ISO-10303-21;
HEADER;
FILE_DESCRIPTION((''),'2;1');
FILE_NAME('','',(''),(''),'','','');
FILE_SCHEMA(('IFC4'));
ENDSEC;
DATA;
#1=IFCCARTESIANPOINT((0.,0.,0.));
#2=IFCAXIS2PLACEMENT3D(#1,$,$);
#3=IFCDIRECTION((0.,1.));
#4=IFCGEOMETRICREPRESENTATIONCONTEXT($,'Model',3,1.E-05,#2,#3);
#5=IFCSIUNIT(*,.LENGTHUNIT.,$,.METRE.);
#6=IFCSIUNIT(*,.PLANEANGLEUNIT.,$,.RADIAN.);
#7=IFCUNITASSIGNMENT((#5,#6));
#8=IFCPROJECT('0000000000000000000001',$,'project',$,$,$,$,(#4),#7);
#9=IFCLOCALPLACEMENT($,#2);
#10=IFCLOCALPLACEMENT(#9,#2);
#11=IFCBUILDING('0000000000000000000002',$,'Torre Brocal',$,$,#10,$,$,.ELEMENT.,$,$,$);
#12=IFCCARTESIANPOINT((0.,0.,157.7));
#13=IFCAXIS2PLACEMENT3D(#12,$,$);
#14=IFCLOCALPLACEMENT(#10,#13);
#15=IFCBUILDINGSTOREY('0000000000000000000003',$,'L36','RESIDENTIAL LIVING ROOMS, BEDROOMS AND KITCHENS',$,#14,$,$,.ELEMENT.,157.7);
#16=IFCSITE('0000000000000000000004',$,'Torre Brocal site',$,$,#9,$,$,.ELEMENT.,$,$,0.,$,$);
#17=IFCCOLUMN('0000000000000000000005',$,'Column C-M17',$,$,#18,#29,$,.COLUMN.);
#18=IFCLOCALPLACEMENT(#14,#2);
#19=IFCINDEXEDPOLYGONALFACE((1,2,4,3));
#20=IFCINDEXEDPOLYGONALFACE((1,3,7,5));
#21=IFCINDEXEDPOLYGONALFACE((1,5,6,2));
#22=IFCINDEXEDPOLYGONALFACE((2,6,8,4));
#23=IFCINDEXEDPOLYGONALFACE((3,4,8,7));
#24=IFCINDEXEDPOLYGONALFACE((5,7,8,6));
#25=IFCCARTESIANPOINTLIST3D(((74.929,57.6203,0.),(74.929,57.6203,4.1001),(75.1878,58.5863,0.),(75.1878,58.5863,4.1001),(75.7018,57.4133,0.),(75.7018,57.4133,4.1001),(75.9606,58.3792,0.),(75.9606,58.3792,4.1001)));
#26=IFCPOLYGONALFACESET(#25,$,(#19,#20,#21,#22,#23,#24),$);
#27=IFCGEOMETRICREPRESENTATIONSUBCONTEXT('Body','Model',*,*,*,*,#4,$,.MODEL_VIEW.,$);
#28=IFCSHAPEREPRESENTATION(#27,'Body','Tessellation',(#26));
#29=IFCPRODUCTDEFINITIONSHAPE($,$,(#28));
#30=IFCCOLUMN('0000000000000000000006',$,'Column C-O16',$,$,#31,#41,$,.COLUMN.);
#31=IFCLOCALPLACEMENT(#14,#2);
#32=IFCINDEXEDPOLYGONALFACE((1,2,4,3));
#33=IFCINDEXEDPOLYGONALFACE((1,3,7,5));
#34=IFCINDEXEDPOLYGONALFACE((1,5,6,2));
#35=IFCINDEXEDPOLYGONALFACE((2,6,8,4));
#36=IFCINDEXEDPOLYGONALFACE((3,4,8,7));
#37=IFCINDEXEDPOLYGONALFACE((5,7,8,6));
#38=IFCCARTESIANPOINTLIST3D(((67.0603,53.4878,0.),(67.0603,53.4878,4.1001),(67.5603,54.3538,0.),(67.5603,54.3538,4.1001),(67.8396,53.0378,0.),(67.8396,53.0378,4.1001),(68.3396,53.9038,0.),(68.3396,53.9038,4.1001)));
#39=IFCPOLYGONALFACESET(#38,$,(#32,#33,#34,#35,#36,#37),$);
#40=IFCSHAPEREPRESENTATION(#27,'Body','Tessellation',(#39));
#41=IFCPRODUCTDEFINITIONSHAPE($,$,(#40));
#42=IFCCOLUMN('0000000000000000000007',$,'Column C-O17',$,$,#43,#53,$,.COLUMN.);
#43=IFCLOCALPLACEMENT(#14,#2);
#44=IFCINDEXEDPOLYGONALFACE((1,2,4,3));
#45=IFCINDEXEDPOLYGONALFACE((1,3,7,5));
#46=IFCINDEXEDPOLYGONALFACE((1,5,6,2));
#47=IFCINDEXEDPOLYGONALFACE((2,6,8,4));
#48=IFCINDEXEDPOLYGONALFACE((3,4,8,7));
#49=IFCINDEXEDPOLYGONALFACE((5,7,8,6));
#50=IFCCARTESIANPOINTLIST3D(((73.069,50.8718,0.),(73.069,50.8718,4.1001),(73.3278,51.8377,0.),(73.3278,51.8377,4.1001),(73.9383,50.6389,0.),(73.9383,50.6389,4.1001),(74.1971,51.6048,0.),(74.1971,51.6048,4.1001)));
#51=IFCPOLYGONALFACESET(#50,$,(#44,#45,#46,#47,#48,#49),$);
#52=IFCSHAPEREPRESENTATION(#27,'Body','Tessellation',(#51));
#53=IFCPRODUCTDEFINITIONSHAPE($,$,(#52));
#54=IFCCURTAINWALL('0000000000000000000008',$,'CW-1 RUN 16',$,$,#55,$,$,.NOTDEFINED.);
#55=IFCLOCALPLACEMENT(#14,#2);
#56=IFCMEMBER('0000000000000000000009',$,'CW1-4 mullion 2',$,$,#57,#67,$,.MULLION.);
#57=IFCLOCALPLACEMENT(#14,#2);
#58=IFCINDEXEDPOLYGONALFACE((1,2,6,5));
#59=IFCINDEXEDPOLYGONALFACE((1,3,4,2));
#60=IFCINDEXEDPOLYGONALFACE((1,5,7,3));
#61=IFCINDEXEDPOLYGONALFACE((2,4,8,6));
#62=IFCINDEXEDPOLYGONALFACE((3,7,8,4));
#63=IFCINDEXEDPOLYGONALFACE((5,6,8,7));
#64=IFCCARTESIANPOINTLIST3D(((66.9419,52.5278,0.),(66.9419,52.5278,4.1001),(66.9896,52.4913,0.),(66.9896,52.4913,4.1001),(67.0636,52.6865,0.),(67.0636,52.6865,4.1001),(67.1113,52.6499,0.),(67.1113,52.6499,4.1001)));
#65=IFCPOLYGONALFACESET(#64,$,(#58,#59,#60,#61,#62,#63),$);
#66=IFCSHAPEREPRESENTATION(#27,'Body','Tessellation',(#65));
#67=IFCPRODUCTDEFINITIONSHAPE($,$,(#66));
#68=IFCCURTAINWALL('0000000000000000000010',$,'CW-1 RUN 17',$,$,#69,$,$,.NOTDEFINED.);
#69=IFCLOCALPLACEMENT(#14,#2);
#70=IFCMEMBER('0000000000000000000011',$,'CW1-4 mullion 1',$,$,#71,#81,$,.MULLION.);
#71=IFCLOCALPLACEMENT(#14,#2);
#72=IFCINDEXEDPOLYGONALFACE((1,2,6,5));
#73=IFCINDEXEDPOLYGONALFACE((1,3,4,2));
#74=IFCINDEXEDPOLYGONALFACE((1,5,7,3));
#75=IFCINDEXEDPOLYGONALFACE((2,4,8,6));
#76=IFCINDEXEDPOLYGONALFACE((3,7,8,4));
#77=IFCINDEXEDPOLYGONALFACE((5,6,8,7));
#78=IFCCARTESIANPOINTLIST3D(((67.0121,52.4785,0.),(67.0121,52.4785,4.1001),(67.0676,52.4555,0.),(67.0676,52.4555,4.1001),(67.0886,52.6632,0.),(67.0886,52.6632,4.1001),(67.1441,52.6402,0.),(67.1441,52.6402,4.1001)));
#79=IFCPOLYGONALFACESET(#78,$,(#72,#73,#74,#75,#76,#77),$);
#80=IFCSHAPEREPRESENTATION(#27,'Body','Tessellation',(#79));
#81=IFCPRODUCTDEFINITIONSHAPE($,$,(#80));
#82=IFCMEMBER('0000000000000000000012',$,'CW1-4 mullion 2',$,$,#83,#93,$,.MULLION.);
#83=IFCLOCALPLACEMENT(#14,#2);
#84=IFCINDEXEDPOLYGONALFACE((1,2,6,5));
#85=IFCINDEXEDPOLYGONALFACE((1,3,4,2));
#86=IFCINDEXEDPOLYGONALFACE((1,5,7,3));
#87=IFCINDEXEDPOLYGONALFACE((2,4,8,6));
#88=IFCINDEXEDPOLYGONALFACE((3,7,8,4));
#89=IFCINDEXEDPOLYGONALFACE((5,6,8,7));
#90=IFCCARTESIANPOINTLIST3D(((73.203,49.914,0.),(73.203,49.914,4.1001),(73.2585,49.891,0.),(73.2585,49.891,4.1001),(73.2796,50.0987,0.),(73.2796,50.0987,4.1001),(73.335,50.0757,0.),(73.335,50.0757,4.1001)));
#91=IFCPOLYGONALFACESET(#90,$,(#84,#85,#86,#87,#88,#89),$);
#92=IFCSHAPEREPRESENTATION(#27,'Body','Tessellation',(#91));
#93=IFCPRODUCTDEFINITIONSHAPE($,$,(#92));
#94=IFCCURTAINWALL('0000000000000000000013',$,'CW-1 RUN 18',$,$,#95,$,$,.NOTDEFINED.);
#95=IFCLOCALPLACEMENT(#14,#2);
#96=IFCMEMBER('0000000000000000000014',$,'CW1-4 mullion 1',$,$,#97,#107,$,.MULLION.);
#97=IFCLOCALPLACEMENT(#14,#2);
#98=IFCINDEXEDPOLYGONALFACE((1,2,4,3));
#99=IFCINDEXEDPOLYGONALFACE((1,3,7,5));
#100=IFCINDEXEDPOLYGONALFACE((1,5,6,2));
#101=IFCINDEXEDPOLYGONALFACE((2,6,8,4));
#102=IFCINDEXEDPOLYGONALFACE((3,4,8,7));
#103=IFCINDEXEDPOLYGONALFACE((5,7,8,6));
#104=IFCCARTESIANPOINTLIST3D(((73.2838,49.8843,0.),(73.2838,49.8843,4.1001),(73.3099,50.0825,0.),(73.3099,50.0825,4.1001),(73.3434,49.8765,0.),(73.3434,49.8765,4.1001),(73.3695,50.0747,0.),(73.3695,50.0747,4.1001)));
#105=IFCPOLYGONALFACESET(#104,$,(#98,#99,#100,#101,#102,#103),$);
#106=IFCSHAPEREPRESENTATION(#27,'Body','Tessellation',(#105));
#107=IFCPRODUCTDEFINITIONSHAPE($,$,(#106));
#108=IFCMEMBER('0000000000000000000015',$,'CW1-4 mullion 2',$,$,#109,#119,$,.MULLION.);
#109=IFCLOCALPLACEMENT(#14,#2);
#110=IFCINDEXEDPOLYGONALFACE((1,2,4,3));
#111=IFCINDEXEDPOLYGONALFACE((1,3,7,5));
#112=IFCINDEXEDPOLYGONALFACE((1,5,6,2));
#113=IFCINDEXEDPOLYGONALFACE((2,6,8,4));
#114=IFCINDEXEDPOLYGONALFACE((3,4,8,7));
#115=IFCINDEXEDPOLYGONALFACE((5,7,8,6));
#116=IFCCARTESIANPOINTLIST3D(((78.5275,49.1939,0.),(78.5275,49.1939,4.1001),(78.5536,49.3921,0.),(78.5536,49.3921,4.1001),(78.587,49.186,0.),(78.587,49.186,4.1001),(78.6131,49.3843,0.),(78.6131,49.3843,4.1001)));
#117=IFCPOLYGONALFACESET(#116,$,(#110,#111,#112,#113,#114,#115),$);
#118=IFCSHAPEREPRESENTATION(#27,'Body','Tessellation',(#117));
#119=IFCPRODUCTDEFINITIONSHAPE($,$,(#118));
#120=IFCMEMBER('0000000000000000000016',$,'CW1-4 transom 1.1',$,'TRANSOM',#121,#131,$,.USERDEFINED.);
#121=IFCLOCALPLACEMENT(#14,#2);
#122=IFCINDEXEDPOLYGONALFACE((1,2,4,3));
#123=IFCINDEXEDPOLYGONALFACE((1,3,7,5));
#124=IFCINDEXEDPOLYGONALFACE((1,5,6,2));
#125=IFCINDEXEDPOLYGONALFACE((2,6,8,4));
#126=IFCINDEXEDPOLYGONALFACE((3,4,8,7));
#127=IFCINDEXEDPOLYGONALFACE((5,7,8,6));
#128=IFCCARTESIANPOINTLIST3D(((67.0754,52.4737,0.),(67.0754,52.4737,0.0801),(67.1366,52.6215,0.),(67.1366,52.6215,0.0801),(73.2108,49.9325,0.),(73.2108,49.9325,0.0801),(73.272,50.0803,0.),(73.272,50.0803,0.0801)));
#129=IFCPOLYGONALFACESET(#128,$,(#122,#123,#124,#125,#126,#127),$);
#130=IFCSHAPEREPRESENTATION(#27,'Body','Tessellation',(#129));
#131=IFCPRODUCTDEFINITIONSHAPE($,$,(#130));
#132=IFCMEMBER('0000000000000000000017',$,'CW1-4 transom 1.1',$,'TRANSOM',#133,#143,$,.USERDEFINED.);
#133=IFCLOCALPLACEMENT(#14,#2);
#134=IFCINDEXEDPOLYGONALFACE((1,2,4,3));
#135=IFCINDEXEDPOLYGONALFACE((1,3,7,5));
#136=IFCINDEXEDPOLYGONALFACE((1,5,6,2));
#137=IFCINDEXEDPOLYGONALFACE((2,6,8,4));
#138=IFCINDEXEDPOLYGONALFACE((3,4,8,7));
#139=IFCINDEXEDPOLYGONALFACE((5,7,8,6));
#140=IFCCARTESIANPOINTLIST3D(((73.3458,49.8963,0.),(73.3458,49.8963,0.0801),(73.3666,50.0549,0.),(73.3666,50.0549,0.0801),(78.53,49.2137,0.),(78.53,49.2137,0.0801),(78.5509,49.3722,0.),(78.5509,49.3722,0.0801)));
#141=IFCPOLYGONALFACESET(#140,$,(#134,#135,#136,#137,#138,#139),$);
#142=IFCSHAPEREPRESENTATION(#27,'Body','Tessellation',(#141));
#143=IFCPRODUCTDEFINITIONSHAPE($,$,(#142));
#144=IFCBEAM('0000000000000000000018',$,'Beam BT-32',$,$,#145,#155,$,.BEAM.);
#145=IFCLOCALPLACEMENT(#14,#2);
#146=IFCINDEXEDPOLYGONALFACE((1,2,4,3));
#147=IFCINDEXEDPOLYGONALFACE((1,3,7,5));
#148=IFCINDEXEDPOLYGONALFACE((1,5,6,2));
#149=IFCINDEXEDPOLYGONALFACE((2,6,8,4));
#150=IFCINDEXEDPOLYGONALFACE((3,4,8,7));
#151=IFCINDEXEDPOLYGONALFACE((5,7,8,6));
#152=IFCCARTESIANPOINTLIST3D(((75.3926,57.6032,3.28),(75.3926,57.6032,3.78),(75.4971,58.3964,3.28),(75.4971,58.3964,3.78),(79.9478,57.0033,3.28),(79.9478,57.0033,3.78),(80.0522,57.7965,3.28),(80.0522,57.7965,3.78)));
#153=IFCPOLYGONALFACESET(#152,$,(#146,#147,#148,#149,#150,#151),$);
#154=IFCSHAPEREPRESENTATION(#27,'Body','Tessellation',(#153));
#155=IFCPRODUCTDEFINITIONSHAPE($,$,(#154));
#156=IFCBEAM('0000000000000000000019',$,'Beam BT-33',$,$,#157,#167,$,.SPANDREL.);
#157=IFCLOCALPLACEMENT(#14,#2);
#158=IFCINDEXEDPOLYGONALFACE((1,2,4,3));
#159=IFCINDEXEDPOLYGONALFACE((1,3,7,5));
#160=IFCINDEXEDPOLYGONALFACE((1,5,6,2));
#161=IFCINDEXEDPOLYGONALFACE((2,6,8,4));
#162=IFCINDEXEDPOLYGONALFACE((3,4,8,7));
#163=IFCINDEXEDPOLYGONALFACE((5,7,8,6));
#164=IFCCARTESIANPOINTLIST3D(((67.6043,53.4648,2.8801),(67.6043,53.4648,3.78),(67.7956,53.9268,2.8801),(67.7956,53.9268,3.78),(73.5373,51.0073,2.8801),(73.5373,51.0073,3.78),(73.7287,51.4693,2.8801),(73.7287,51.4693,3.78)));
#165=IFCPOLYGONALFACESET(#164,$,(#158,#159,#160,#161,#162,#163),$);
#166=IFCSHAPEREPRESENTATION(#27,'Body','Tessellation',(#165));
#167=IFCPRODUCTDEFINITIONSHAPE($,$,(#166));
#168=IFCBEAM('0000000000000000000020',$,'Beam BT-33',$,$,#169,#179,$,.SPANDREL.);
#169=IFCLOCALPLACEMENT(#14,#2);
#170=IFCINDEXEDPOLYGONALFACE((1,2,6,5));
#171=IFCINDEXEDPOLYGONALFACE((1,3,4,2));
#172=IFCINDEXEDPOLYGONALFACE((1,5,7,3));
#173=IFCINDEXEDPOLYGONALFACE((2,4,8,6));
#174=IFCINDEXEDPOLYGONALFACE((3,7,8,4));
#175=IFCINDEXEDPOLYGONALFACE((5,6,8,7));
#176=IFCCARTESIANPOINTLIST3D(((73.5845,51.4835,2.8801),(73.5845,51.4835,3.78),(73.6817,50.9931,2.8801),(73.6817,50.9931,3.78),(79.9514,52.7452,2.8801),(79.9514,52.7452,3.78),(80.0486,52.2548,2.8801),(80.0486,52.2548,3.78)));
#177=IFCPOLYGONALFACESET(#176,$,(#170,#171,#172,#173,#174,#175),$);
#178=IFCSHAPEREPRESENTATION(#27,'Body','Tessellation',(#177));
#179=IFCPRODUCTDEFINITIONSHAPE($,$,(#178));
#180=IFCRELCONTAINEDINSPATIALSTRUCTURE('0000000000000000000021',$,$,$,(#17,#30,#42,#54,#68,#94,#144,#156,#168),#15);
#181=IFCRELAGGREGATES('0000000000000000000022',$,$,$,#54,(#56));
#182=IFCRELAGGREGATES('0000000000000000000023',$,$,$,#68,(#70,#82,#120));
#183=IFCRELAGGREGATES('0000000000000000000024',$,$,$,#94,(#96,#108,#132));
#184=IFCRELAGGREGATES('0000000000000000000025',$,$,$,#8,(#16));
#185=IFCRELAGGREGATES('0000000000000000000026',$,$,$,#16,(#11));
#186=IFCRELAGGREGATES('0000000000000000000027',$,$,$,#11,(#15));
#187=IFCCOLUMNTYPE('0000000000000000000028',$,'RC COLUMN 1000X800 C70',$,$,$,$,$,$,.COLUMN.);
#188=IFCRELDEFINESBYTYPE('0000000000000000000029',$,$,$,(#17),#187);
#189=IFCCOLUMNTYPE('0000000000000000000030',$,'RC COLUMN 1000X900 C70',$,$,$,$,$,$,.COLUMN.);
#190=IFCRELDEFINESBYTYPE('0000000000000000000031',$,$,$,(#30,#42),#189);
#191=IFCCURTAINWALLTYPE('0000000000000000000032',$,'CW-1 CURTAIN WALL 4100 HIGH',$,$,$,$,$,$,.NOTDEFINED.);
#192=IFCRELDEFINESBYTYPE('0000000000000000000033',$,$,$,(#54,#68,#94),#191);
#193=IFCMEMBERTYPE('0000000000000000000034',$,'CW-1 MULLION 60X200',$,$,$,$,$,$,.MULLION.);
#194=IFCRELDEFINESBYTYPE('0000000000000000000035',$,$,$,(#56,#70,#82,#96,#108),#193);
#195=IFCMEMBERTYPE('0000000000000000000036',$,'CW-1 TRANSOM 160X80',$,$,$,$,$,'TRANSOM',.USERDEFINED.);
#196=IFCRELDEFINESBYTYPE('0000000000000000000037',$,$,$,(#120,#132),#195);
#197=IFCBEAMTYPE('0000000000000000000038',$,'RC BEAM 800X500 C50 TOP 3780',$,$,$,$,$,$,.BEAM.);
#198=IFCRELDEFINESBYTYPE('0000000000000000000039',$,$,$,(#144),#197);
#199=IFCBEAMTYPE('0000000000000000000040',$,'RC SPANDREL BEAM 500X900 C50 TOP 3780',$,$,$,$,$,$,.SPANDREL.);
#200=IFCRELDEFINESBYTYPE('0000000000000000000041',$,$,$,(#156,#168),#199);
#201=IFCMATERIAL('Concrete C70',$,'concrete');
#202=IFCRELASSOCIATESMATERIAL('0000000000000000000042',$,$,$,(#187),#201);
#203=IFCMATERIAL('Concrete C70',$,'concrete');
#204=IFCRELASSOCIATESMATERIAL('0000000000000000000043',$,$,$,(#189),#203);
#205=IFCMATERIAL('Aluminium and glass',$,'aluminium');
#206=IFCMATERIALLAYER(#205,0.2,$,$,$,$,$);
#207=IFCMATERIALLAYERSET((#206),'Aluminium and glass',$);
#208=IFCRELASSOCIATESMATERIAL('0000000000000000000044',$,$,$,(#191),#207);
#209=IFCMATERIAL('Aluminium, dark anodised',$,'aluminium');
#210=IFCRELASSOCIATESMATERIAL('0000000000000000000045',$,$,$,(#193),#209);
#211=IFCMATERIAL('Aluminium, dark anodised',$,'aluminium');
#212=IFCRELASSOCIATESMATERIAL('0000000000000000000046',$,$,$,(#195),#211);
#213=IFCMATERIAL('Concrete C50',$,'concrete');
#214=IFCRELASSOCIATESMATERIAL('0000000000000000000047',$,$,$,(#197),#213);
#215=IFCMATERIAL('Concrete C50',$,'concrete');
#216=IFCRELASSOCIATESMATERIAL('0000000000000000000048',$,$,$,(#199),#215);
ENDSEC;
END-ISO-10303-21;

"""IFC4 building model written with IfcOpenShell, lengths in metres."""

from ifc_helpers import new_model, si_unit, direction, frame, origin, origin_2d, place, context, subcontext, project, spatial, rectangle, extrude, material, layer, layer_set, material_profile, profile_set, type_object, element, aggregate, save


model = new_model("IFC4")

# Units and contexts
model_context = context("Model", 3, precision=1e-05, world=origin(), true_north=direction((0.0, 1.0)))
body_context = subcontext(model_context, "Body", "Model", "MODEL_VIEW")
ifc_project = project(units=[si_unit("LENGTHUNIT", "METRE"), si_unit("PLANEANGLEUNIT", "RADIAN")], contexts=[model_context])

# Site, building, storey
site_placement = place(None, origin())
site = spatial("IfcSite", under=ifc_project, at=site_placement, Name="Torre Brocal site", CompositionType="ELEMENT", RefElevation=0.0)
building_placement = place(site_placement, origin())
building = spatial("IfcBuilding", under=site, at=building_placement, Name="Torre Brocal", CompositionType="ELEMENT")
storey_placement = place(building_placement, frame((0.0, 0.0, 157.7)))
storey = spatial("IfcBuildingStorey", under=building, at=storey_placement, Name="L36", Description="RESIDENTIAL LIVING ROOMS, BEDROOMS AND KITCHENS", CompositionType="ELEMENT", Elevation=157.7)

# Columns
ifc_material_1 = material(Name="Concrete C70", Category="concrete")
ifc_material_profile_1 = material_profile(ifc_material_1, rectangle(XDim=1.0, YDim=0.8, at=origin_2d()), Name="RC 1000X800")
ifc_profile_set_1 = profile_set([ifc_material_profile_1], Name="Concrete C70")
column_type_1 = type_object("IfcColumnType", Name="RC COLUMN 1000X800 C70", PredefinedType="COLUMN", material=ifc_profile_set_1)
column_placement = place(storey_placement, frame((75.4448, 57.9998, 0.0), z_axis=(0.0, 0.0, 1.0), x_axis=(-0.258819, -0.965926, 0.0)))
element("IfcColumn", 1, at=column_placement, inside=storey, type_object=column_type_1, Name="Column C-M17", PredefinedType="COLUMN", context=body_context, shape_type="SweptSolid", body=[
    extrude(rectangle(XDim=1.0, YDim=0.8, at=origin_2d()), origin(), (0.0, 0.0, 1.0), 4.1001),
])
ifc_material_2 = material(Name="Concrete C70", Category="concrete")
ifc_material_profile_2 = material_profile(ifc_material_2, rectangle(XDim=1.0, YDim=0.8999, at=origin_2d()), Name="RC 1000X900")
ifc_profile_set_2 = profile_set([ifc_material_profile_2], Name="Concrete C70")
column_type_2 = type_object("IfcColumnType", Name="RC COLUMN 1000X900 C70", PredefinedType="COLUMN", material=ifc_profile_set_2)
for number, where, z_axis, x_axis, name in (
    (2, (67.7, 53.6958, 0.0), (0.0, 0.0, 1.0), (-0.5, -0.866025, 0.0), "Column C-O16"),
    (3, (73.6331, 51.2383, 0.0), (0.0, 0.0, 1.0), (-0.258819, -0.965926, 0.0), "Column C-O17"),
):
    element("IfcColumn", number, at=place(storey_placement, frame(where, z_axis=z_axis, x_axis=x_axis)), inside=storey, type_object=column_type_2, Name=name, PredefinedType="COLUMN", context=body_context, shape_type="SweptSolid", body=[
        extrude(rectangle(XDim=1.0, YDim=0.8999, at=origin_2d()), origin(), (0.0, 0.0, 1.0), 4.1001),
    ])

# Curtain wall, member
ifc_material_3 = material(Name="Aluminium and glass", Category="aluminium")
ifc_layer_1 = layer(ifc_material_3, 0.2)
ifc_layer_set_1 = layer_set([ifc_layer_1], Name="Aluminium and glass")
curtain_wall_type = type_object("IfcCurtainWallType", Name="CW-1 CURTAIN WALL 4100 HIGH", PredefinedType="NOTDEFINED", material=ifc_layer_set_1)
curtain_wall_1_placement = place(storey_placement, origin())
curtain_wall_1 = element("IfcCurtainWall", 4, at=curtain_wall_1_placement, inside=storey, type_object=curtain_wall_type, Name="CW-1 RUN 16", PredefinedType="NOTDEFINED")
ifc_material_4 = material(Name="Aluminium, dark anodised", Category="aluminium")
ifc_material_profile_3 = material_profile(ifc_material_4, rectangle(XDim=0.2, YDim=0.0601, at=origin_2d()), Name="CW-1 MULLION 60X200")
ifc_profile_set_3 = profile_set([ifc_material_profile_3], Name="Aluminium, dark anodised")
member_type_1 = type_object("IfcMemberType", Name="CW-1 MULLION 60X200", PredefinedType="MULLION", material=ifc_profile_set_3)
member_1_placement = place(storey_placement, frame((67.0266, 52.5889, 0.0), z_axis=(0.0, 0.0, 1.0), x_axis=(0.608761, 0.793353, 0.0)))
member_1 = element("IfcMember", 5, at=member_1_placement, type_object=member_type_1, Name="CW1-4 mullion 2", PredefinedType="MULLION", context=body_context, shape_type="SweptSolid", body=[
    extrude(rectangle(XDim=0.2, YDim=0.0601, at=origin_2d()), origin(), (0.0, 0.0, 1.0), 4.1001),
])
aggregate(curtain_wall_1, [member_1])

# Curtain walls, members
curtain_wall_2_placement = place(storey_placement, origin())
curtain_wall_2 = element("IfcCurtainWall", 6, at=curtain_wall_2_placement, inside=storey, type_object=curtain_wall_type, Name="CW-1 RUN 17", PredefinedType="NOTDEFINED")
member_2_placement = place(storey_placement, frame((67.0781, 52.5593, 0.0), z_axis=(0.0, 0.0, 1.0), x_axis=(0.382683, 0.92388, 0.0)))
member_2 = element("IfcMember", 7, at=member_2_placement, type_object=member_type_1, Name="CW1-4 mullion 1", PredefinedType="MULLION", context=body_context, shape_type="SweptSolid", body=[
    extrude(rectangle(XDim=0.2, YDim=0.0601, at=origin_2d()), origin(), (0.0, 0.0, 1.0), 4.1001),
])
member_3_placement = place(storey_placement, frame((73.269, 49.9949, 0.0), z_axis=(0.0, 0.0, 1.0), x_axis=(0.382683, 0.92388, 0.0)))
member_3 = element("IfcMember", 8, at=member_3_placement, type_object=member_type_1, Name="CW1-4 mullion 2", PredefinedType="MULLION", context=body_context, shape_type="SweptSolid", body=[
    extrude(rectangle(XDim=0.2, YDim=0.0601, at=origin_2d()), origin(), (0.0, 0.0, 1.0), 4.1001),
])
curtain_wall_3_placement = place(storey_placement, origin())
curtain_wall_3 = element("IfcCurtainWall", 9, at=curtain_wall_3_placement, inside=storey, type_object=curtain_wall_type, Name="CW-1 RUN 18", PredefinedType="NOTDEFINED")
member_4_placement = place(storey_placement, frame((73.3267, 49.9795, 0.0), z_axis=(0.0, 0.0, 1.0), x_axis=(0.130526, 0.991445, 0.0)))
member_4 = element("IfcMember", 10, at=member_4_placement, type_object=member_type_1, Name="CW1-4 mullion 1", PredefinedType="MULLION", context=body_context, shape_type="SweptSolid", body=[
    extrude(rectangle(XDim=0.2, YDim=0.0601, at=origin_2d()), origin(), (0.0, 0.0, 1.0), 4.1001),
])
member_5_placement = place(storey_placement, frame((78.5703, 49.2891, 0.0), z_axis=(0.0, 0.0, 1.0), x_axis=(0.130526, 0.991445, 0.0)))
member_5 = element("IfcMember", 11, at=member_5_placement, type_object=member_type_1, Name="CW1-4 mullion 2", PredefinedType="MULLION", context=body_context, shape_type="SweptSolid", body=[
    extrude(rectangle(XDim=0.2, YDim=0.0601, at=origin_2d()), origin(), (0.0, 0.0, 1.0), 4.1001),
])

# Members
ifc_material_5 = material(Name="Aluminium, dark anodised", Category="aluminium")
ifc_material_profile_4 = material_profile(ifc_material_5, rectangle(XDim=0.1599, YDim=0.0801, at=origin_2d()), Name="CW-1 TRANSOM 160X80")
ifc_profile_set_4 = profile_set([ifc_material_profile_4], Name="Aluminium, dark anodised")
member_type_2 = type_object("IfcMemberType", Name="CW-1 TRANSOM 160X80", ElementType="TRANSOM", PredefinedType="USERDEFINED", material=ifc_profile_set_4)
member_6_placement = place(storey_placement, frame((67.106, 52.5476, 0.04), z_axis=(0.923887, -0.382665, 0.0), x_axis=(0.382665, 0.923887, 0.0)))
member_6 = element("IfcMember", 12, at=member_6_placement, type_object=member_type_2, Name="CW1-4 transom 1.1", ObjectType="TRANSOM", PredefinedType="USERDEFINED", context=body_context, shape_type="SweptSolid", body=[
    extrude(rectangle(XDim=0.1599, YDim=0.0801, at=origin_2d()), origin(), (0.0, 0.0, 1.0), 6.6409),
])
member_7_placement = place(storey_placement, frame((73.3562, 49.9756, 0.04), z_axis=(0.991443, -0.130543, 0.0), x_axis=(0.130543, 0.991443, 0.0)))
member_7 = element("IfcMember", 13, at=member_7_placement, type_object=member_type_2, Name="CW1-4 transom 1.1", ObjectType="TRANSOM", PredefinedType="USERDEFINED", context=body_context, shape_type="SweptSolid", body=[
    extrude(rectangle(XDim=0.1599, YDim=0.0801, at=origin_2d()), origin(), (0.0, 0.0, 1.0), 5.229),
])

# Beams
ifc_material_6 = material(Name="Concrete C50", Category="concrete")
ifc_material_profile_5 = material_profile(ifc_material_6, rectangle(XDim=0.8, YDim=0.5, at=origin_2d()), Name="RC 800X500")
ifc_profile_set_5 = profile_set([ifc_material_profile_5], Name="Concrete C50")
beam_type_1 = type_object("IfcBeamType", Name="RC BEAM 800X500 C50 TOP 3780", PredefinedType="BEAM", material=ifc_profile_set_5)
beam_1_placement = place(storey_placement, frame((75.4448, 57.9998, 3.53), z_axis=(0.991441, -0.130559, 0.0), x_axis=(0.130559, 0.991441, 0.0)))
element("IfcBeam", 14, at=beam_1_placement, inside=storey, type_object=beam_type_1, Name="Beam BT-32", PredefinedType="BEAM", context=body_context, shape_type="SweptSolid", body=[
    extrude(rectangle(XDim=0.8, YDim=0.5, at=origin_2d()), origin(), (0.0, 0.0, 1.0), 4.5945),
])
ifc_material_7 = material(Name="Concrete C50", Category="concrete")
ifc_material_profile_6 = material_profile(ifc_material_7, rectangle(XDim=0.5, YDim=0.8999, at=origin_2d()), Name="RC 500X900")
ifc_profile_set_6 = profile_set([ifc_material_profile_6], Name="Concrete C50")
beam_type_2 = type_object("IfcBeamType", Name="RC SPANDREL BEAM 500X900 C50 TOP 3780", PredefinedType="SPANDREL", material=ifc_profile_set_6)
beam_2_placement = place(storey_placement, frame((67.7, 53.6958, 3.3301), z_axis=(0.923882, -0.382676, 0.0), x_axis=(0.382676, 0.923882, 0.0)))
element("IfcBeam", 15, at=beam_2_placement, inside=storey, type_object=beam_type_2, Name="Beam BT-33", PredefinedType="SPANDREL", context=body_context, shape_type="SweptSolid", body=[
    extrude(rectangle(XDim=0.5, YDim=0.8999, at=origin_2d()), origin(), (0.0, 0.0, 1.0), 6.4219),
])
beam_3_placement = place(storey_placement, frame((73.6331, 51.2383, 3.3301), z_axis=(0.980925, 0.194387, 0.0), x_axis=(-0.194387, 0.980925, 0.0)))
element("IfcBeam", 16, at=beam_3_placement, inside=storey, type_object=beam_type_2, Name="Beam BT-33", PredefinedType="SPANDREL", context=body_context, shape_type="SweptSolid", body=[
    extrude(rectangle(XDim=0.5, YDim=0.8999, at=origin_2d()), origin(), (0.0, 0.0, 1.0), 6.4907),
])

aggregate(curtain_wall_2, [member_2, member_3, member_6])
aggregate(curtain_wall_3, [member_4, member_5, member_7])

save(model, "model.ifc")
